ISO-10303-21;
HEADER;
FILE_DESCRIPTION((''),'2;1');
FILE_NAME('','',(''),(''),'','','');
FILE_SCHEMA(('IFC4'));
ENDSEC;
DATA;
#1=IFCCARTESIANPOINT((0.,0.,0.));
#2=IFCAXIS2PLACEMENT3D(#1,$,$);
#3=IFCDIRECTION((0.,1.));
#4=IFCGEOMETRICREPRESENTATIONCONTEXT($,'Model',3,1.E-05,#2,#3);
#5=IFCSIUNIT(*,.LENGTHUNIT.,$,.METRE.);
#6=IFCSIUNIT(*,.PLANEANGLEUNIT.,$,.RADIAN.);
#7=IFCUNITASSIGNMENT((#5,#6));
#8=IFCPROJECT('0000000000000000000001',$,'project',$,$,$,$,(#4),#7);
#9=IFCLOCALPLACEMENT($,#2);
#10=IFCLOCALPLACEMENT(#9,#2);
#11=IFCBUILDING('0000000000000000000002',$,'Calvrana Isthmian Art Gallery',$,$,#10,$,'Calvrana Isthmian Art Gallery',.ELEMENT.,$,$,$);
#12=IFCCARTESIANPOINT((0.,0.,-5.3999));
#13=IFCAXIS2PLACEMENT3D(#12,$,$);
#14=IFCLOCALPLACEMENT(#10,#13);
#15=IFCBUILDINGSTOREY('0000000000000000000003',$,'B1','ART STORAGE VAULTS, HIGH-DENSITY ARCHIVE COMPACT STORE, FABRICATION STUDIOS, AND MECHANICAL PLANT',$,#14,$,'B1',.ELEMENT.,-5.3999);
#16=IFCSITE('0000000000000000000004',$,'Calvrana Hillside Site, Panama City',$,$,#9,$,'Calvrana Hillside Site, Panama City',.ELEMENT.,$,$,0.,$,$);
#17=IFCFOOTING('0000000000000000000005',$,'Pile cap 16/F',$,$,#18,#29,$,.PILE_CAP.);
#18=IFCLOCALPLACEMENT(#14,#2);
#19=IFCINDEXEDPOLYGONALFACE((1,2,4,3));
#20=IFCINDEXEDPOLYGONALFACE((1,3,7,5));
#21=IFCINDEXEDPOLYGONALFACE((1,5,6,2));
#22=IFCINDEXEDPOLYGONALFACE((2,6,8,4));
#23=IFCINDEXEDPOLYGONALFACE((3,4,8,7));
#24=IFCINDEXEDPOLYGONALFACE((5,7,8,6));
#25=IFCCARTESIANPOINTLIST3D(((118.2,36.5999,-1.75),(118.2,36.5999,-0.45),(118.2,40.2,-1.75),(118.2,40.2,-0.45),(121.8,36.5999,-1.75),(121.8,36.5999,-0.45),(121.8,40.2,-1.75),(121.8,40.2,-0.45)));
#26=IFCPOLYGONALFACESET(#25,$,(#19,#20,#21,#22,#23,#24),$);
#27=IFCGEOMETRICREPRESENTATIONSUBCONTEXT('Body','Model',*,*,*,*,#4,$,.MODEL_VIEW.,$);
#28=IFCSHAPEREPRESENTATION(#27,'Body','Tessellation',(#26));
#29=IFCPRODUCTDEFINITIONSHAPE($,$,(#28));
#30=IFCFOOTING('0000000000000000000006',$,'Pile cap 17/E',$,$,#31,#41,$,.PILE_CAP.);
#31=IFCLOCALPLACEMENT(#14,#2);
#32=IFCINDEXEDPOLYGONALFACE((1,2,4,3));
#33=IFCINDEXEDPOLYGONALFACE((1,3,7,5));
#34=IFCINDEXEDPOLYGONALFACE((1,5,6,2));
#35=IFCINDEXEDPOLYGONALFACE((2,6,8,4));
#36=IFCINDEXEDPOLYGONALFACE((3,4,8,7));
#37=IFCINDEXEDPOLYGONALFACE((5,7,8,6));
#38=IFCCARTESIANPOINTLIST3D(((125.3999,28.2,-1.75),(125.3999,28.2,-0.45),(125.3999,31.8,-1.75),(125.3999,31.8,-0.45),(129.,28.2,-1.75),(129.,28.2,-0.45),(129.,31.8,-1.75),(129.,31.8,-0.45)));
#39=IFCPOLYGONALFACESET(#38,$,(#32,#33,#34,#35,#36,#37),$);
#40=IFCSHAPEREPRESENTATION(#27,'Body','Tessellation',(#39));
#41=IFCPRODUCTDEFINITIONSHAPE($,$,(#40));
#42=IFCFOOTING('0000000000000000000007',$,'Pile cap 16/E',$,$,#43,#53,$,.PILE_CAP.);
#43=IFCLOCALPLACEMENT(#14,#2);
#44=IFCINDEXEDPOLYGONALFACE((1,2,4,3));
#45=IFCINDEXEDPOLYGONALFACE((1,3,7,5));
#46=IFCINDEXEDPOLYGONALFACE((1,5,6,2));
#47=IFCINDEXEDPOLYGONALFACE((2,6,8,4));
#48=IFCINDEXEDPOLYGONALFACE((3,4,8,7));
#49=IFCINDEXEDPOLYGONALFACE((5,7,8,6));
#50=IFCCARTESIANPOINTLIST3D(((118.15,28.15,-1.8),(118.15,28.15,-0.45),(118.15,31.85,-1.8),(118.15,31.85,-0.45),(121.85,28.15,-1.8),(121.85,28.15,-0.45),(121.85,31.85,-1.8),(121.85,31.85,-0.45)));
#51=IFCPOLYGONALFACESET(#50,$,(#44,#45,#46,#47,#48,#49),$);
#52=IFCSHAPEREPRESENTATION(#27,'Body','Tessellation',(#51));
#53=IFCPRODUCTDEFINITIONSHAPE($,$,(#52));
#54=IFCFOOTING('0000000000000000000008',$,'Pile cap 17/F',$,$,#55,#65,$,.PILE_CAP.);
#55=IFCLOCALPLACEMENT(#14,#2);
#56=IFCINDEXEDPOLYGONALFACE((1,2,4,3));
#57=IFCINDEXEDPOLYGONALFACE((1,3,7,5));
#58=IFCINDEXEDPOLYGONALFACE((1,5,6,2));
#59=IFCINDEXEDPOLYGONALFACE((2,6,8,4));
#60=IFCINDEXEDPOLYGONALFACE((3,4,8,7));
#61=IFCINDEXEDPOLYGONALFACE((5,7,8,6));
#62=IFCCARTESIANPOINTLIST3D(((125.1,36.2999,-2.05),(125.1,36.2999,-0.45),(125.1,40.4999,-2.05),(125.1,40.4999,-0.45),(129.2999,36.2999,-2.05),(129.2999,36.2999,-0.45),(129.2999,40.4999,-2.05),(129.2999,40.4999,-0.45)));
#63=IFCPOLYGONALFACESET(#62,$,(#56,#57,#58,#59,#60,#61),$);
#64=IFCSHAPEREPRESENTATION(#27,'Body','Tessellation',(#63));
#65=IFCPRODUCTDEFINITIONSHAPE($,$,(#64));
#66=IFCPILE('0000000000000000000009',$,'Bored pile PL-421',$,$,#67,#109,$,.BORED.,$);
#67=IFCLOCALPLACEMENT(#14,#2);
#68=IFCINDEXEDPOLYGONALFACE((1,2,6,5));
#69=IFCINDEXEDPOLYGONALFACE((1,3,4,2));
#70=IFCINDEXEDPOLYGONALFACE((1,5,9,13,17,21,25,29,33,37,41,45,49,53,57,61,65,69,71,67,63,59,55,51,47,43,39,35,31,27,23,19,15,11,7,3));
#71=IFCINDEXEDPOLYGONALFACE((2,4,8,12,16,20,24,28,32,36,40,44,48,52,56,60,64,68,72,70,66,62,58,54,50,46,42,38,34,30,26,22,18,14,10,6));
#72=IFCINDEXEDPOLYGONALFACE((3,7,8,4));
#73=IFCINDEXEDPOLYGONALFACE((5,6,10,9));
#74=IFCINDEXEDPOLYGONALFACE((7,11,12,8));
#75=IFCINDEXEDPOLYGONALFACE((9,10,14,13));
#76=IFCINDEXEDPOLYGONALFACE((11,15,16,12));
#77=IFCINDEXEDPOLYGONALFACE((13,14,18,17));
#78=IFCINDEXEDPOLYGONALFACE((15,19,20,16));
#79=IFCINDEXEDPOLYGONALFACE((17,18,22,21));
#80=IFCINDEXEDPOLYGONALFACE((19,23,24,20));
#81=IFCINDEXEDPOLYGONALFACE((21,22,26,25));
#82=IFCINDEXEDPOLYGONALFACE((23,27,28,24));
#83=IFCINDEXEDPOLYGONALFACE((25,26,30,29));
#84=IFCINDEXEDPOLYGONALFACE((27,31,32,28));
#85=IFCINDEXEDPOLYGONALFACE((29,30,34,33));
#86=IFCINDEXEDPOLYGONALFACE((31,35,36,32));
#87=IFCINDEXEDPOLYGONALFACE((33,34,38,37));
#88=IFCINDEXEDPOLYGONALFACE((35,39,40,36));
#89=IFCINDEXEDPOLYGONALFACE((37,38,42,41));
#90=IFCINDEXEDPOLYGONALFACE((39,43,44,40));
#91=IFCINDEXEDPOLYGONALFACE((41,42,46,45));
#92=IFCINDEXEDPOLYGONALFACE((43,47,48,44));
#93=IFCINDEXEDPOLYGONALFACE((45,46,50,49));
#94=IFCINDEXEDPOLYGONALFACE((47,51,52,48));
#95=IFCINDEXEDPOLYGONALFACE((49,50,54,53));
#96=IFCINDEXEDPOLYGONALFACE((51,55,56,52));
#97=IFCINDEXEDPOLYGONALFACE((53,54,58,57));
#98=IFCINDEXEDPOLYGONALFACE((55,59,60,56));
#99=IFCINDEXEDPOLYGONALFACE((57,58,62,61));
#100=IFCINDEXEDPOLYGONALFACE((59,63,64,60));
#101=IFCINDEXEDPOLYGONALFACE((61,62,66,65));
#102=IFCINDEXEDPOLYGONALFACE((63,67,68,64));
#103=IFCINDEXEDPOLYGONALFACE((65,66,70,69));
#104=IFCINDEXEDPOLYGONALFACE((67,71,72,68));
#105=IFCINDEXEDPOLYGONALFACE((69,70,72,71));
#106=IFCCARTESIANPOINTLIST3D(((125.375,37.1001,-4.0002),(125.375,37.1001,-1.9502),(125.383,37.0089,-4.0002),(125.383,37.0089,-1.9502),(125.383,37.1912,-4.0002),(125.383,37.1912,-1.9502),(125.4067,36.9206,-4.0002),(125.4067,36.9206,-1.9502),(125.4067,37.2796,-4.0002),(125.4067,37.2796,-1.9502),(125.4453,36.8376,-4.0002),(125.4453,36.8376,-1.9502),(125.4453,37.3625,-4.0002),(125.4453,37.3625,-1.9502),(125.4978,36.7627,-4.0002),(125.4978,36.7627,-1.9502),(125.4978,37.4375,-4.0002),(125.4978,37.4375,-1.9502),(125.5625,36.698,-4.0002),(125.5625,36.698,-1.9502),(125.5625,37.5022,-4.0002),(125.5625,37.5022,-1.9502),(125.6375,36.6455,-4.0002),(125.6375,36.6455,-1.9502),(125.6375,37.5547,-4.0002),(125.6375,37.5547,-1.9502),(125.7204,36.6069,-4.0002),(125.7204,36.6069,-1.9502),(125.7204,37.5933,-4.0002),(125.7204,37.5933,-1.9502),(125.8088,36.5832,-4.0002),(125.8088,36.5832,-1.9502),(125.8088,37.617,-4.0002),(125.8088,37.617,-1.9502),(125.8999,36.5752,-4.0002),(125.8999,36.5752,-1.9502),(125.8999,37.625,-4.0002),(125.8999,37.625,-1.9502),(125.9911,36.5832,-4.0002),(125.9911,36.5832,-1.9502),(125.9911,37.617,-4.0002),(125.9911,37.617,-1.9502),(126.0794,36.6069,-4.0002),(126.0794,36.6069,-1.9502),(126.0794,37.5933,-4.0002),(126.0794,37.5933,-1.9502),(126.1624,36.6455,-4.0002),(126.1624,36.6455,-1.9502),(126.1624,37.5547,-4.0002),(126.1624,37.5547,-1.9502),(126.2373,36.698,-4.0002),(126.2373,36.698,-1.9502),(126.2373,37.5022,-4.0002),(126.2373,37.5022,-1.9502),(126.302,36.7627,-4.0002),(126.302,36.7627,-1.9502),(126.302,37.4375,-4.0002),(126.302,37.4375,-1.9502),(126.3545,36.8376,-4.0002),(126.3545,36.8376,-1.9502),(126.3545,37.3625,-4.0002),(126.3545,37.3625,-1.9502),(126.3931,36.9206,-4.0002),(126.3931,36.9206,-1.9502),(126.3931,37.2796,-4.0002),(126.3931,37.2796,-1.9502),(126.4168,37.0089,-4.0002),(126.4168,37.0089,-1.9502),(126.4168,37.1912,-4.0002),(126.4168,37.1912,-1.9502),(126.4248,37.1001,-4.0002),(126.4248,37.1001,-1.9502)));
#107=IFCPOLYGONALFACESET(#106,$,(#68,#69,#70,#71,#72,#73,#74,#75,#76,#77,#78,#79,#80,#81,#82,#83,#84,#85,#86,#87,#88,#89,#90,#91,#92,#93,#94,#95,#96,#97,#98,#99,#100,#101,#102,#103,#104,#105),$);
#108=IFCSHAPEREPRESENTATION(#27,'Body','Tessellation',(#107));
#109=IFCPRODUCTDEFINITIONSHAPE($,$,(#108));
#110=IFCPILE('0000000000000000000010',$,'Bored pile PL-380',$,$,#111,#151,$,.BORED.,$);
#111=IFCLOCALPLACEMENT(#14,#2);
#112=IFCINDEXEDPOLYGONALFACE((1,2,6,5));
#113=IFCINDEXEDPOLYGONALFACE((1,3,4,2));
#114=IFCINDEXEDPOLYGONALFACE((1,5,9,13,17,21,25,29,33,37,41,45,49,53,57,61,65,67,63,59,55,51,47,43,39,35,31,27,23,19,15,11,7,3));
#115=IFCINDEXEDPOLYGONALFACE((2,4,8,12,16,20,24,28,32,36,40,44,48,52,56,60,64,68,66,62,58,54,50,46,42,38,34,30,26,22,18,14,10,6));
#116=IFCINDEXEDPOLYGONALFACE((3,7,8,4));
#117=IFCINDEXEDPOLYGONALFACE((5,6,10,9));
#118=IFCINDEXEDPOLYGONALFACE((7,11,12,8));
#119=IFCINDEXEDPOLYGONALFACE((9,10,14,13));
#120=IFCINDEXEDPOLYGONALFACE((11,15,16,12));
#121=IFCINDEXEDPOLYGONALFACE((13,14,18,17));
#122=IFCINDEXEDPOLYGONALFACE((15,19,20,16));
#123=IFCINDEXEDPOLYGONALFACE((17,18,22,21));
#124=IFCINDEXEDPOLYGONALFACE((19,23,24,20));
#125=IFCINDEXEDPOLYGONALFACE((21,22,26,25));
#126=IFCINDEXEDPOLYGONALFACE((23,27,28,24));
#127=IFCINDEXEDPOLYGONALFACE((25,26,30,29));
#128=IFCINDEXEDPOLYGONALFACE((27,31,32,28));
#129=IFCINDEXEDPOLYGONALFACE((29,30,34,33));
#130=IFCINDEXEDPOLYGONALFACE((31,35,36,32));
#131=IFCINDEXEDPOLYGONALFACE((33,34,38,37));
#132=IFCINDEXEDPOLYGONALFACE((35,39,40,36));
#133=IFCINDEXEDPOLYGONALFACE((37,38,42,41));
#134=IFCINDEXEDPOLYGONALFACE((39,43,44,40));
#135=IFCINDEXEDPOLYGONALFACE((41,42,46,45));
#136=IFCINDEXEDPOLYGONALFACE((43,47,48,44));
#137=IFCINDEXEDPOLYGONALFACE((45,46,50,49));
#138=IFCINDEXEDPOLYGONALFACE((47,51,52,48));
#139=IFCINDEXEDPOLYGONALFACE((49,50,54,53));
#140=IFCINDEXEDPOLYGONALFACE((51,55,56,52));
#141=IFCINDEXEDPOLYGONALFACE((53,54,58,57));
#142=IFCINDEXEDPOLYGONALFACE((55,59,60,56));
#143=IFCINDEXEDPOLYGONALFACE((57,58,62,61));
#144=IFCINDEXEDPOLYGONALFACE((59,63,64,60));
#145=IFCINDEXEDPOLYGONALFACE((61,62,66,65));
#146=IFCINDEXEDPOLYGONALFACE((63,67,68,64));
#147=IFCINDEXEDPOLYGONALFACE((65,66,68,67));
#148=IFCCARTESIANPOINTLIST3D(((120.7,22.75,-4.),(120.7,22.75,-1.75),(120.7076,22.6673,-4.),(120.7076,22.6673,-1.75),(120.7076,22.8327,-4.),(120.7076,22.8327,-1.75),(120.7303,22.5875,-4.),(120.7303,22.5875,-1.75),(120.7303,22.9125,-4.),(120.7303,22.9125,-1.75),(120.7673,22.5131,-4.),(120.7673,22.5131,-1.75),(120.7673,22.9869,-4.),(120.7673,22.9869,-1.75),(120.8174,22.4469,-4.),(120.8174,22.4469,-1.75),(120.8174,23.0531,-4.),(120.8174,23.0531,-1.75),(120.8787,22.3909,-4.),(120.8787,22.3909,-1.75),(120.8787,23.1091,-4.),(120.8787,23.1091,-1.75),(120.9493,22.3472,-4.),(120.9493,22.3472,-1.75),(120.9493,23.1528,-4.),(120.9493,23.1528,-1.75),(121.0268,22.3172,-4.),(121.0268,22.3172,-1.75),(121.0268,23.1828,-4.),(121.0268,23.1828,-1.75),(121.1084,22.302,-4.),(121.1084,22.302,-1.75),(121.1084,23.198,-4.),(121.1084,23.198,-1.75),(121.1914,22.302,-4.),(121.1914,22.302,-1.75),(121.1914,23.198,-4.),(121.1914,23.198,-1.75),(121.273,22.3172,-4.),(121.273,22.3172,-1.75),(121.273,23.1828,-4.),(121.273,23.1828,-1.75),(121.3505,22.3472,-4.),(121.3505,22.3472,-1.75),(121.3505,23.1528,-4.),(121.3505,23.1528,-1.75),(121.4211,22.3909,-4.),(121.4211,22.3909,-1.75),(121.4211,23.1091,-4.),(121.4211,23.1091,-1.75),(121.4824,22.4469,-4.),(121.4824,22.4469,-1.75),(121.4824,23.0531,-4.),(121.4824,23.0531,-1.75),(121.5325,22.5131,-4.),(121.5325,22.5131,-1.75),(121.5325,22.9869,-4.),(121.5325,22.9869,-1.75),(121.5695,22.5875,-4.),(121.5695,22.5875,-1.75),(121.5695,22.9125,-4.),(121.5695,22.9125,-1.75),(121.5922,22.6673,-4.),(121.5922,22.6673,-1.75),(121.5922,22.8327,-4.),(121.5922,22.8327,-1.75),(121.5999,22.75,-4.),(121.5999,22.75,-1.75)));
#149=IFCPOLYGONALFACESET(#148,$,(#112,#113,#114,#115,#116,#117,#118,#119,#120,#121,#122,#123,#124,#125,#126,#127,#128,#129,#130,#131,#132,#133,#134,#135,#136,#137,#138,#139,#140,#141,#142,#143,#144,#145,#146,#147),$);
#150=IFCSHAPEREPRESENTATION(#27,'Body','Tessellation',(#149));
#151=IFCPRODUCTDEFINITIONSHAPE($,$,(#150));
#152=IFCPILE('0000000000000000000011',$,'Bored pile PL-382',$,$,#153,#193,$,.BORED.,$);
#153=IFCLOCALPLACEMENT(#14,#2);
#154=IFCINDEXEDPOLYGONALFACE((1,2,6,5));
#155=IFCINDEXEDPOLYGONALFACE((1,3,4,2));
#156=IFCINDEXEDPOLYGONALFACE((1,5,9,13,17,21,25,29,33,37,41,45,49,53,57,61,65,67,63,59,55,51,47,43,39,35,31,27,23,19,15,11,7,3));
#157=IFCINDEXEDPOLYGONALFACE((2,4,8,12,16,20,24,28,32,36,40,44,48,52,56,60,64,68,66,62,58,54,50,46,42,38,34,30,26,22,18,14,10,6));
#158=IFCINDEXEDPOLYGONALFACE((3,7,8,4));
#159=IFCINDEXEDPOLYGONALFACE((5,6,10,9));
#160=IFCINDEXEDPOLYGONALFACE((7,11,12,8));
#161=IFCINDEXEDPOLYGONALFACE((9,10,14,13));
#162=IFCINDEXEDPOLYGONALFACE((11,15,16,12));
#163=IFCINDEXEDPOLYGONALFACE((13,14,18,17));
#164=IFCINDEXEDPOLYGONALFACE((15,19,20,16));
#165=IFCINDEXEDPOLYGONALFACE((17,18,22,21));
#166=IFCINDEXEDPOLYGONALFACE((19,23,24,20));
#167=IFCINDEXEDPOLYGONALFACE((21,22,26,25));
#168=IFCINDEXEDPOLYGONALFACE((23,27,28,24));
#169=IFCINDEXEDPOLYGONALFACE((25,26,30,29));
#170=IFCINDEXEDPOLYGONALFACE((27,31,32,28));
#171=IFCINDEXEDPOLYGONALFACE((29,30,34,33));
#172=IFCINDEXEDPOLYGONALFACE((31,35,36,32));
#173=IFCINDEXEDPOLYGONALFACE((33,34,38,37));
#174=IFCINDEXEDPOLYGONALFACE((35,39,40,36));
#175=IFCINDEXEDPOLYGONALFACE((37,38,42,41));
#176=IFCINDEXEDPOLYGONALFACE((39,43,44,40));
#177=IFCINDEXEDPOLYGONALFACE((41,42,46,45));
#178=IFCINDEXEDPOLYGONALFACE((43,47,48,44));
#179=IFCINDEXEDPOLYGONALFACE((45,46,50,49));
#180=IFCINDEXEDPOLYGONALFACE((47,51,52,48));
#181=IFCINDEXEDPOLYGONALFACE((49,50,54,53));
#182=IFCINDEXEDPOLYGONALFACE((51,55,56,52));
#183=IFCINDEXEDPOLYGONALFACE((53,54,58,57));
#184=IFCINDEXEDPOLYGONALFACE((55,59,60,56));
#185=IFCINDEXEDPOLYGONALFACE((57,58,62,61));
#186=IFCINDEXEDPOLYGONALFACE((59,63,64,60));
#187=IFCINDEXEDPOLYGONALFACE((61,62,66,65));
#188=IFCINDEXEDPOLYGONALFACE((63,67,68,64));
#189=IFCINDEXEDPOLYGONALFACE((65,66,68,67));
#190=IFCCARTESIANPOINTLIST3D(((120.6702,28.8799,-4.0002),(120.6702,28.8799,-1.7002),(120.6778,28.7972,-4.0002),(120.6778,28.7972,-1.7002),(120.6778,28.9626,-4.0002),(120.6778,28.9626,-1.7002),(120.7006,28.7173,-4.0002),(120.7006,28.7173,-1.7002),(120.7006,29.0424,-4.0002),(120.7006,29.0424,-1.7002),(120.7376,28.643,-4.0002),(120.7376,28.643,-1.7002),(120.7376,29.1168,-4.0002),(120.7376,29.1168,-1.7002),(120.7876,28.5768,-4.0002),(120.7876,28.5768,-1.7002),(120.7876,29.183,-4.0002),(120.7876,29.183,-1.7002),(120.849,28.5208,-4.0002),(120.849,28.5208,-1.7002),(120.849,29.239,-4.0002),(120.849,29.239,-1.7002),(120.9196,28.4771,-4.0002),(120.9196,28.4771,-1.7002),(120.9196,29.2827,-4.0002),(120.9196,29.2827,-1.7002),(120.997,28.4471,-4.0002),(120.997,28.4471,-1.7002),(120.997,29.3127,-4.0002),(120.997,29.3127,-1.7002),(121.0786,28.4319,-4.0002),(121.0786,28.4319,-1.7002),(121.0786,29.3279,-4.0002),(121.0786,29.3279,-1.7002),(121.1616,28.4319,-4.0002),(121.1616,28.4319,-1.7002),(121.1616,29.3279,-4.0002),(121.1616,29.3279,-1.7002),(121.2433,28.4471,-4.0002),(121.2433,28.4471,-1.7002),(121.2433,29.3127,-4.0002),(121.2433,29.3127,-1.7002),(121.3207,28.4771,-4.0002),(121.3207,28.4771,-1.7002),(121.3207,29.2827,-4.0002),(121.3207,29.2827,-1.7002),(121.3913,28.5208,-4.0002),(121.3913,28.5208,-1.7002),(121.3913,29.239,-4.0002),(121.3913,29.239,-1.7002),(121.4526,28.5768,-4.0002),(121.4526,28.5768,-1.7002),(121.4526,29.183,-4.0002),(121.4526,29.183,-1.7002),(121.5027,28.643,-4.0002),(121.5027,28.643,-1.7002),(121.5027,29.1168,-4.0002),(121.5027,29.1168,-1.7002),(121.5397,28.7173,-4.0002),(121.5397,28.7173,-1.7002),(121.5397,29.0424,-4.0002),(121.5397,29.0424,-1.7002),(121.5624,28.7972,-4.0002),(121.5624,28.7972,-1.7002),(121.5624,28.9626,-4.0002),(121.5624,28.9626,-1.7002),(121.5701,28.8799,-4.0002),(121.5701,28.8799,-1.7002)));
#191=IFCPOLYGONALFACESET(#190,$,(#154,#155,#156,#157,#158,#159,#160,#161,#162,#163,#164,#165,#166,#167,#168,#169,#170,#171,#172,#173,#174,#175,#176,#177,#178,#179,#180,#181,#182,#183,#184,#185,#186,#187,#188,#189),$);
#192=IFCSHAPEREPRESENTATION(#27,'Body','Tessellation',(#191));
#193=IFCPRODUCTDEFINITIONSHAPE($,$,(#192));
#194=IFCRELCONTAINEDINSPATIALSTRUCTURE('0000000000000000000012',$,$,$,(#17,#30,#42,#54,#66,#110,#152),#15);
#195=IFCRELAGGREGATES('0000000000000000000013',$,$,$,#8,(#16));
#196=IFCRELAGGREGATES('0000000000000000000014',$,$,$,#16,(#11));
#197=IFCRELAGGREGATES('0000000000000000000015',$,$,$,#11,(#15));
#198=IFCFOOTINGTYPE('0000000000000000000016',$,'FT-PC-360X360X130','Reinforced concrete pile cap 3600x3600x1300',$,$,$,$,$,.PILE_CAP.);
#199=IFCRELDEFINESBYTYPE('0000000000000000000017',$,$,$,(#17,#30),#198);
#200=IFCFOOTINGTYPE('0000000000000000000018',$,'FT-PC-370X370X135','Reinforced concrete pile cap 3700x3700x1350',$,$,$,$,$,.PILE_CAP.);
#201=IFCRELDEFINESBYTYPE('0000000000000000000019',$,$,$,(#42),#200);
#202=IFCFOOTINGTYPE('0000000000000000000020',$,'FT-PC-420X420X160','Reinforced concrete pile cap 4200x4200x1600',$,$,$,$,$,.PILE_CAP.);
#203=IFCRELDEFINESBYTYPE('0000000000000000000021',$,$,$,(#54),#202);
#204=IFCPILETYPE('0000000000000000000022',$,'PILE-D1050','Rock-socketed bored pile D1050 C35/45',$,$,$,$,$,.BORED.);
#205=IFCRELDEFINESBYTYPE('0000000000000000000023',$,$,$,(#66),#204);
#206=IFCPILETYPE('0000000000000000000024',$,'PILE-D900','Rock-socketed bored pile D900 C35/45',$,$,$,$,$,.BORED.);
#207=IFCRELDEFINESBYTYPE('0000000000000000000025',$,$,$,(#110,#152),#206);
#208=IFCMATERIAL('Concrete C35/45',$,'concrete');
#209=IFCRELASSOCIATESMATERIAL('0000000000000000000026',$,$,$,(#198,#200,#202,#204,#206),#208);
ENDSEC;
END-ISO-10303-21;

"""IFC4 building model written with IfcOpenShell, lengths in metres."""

from ifc_helpers import new_model, si_unit, direction, frame, origin, origin_2d, place, context, subcontext, project, spatial, rectangle, circle, extrude, material, material_profile, profile_set, type_object, element, save


model = new_model("IFC4")

# Units and contexts
model_context = context("Model", 3, precision=1e-05, world=origin(), true_north=direction((0.0, 1.0)))
body_context = subcontext(model_context, "Body", "Model", "MODEL_VIEW")
ifc_project = project(units=[si_unit("LENGTHUNIT", "METRE"), si_unit("PLANEANGLEUNIT", "RADIAN")], contexts=[model_context])

# Site, building, storey
site_placement = place(None, origin())
site = spatial("IfcSite", under=ifc_project, at=site_placement, Name="Calvrana Hillside Site, Panama City", LongName="Calvrana Hillside Site, Panama City", CompositionType="ELEMENT", RefElevation=0.0)
building_placement = place(site_placement, origin())
building = spatial("IfcBuilding", under=site, at=building_placement, Name="Calvrana Isthmian Art Gallery", LongName="Calvrana Isthmian Art Gallery", CompositionType="ELEMENT")
storey_placement = place(building_placement, frame((0.0, 0.0, -5.3999)))
storey = spatial("IfcBuildingStorey", under=building, at=storey_placement, Name="B1", Description="ART STORAGE VAULTS, HIGH-DENSITY ARCHIVE COMPACT STORE, FABRICATION STUDIOS, AND MECHANICAL PLANT", LongName="B1", CompositionType="ELEMENT", Elevation=-5.3999)

# Footings
ifc_material_1 = material(Name="Concrete C35/45", Category="concrete")
footing_type_1 = type_object("IfcFootingType", Name="FT-PC-360X360X130", Description="Reinforced concrete pile cap 3600x3600x1300", PredefinedType="PILE_CAP", material=ifc_material_1)
for number, where, z_axis, x_axis, name in (
    (1, (120.0, 38.3999, -1.75), (0.0, 0.0, 1.0), (1.0, 0.0, 0.0), "Pile cap 16/F"),
    (2, (127.2, 30.0, -1.75), (0.0, 0.0, 1.0), (1.0, 0.0, 0.0), "Pile cap 17/E"),
):
    element("IfcFooting", number, at=place(storey_placement, frame(where, z_axis=z_axis, x_axis=x_axis)), inside=storey, type_object=footing_type_1, Name=name, PredefinedType="PILE_CAP", context=body_context, shape_type="SweptSolid", body=[
        extrude(rectangle(XDim=3.6001, YDim=3.6001, at=origin_2d()), origin(), (0.0, 0.0, 1.0), 1.3),
    ])
footing_type_2 = type_object("IfcFootingType", Name="FT-PC-370X370X135", Description="Reinforced concrete pile cap 3700x3700x1350", PredefinedType="PILE_CAP", material=ifc_material_1)
footing_1_placement = place(storey_placement, frame((120.0, 30.0, -1.8), z_axis=(0.0, 0.0, 1.0), x_axis=(1.0, 0.0, 0.0)))
element("IfcFooting", 3, at=footing_1_placement, inside=storey, type_object=footing_type_2, Name="Pile cap 16/E", PredefinedType="PILE_CAP", context=body_context, shape_type="SweptSolid", body=[
    extrude(rectangle(XDim=3.7, YDim=3.7, at=origin_2d()), origin(), (0.0, 0.0, 1.0), 1.3501),
])
footing_type_3 = type_object("IfcFootingType", Name="FT-PC-420X420X160", Description="Reinforced concrete pile cap 4200x4200x1600", PredefinedType="PILE_CAP", material=ifc_material_1)
footing_2_placement = place(storey_placement, frame((127.2, 38.3999, -2.05), z_axis=(0.0, 0.0, 1.0), x_axis=(1.0, 0.0, 0.0)))
element("IfcFooting", 4, at=footing_2_placement, inside=storey, type_object=footing_type_3, Name="Pile cap 17/F", PredefinedType="PILE_CAP", context=body_context, shape_type="SweptSolid", body=[
    extrude(rectangle(XDim=4.2, YDim=4.2, at=origin_2d()), origin(), (0.0, 0.0, 1.0), 1.6001),
])

# Piles
ifc_material_profile_1 = material_profile(ifc_material_1, circle(Radius=0.5249, at=origin_2d()), Name="PILE1050D")
ifc_profile_set_1 = profile_set([ifc_material_profile_1], Name="Concrete C35/45")
pile_type_1 = type_object("IfcPileType", Name="PILE-D1050", Description="Rock-socketed bored pile D1050 C35/45", PredefinedType="BORED", material=ifc_profile_set_1)
pile_1_placement = place(storey_placement, frame((125.8999, 37.1001, -1.9502), z_axis=(0.0, 0.0, -1.0), x_axis=(1.0, 0.0, 0.0)))
element("IfcPile", 5, at=pile_1_placement, inside=storey, type_object=pile_type_1, Name="Bored pile PL-421", PredefinedType="BORED", context=body_context, shape_type="SweptSolid", body=[
    extrude(circle(Radius=0.5249, at=origin_2d()), origin(), (0.0, 0.0, 1.0), 2.05),
])
ifc_material_profile_2 = material_profile(ifc_material_1, circle(Radius=0.45, at=origin_2d()), Name="PILE900D")
ifc_profile_set_2 = profile_set([ifc_material_profile_2], Name="Concrete C35/45")
pile_type_2 = type_object("IfcPileType", Name="PILE-D900", Description="Rock-socketed bored pile D900 C35/45", PredefinedType="BORED", material=ifc_profile_set_2)
pile_2_placement = place(storey_placement, frame((121.1499, 22.75, -1.75), z_axis=(0.0, 0.0, -1.0), x_axis=(1.0, 0.0, 0.0)))
element("IfcPile", 6, at=pile_2_placement, inside=storey, type_object=pile_type_2, Name="Bored pile PL-380", PredefinedType="BORED", context=body_context, shape_type="SweptSolid", body=[
    extrude(circle(Radius=0.45, at=origin_2d()), origin(), (0.0, 0.0, 1.0), 2.25),
])
for number, where, z_axis, x_axis, name in (
    (7, (121.1201, 28.8799, -1.7002), (0.0, 0.0, -1.0), (1.0, 0.0, 0.0), "Bored pile PL-382"),
):
    element("IfcPile", number, at=place(storey_placement, frame(where, z_axis=z_axis, x_axis=x_axis)), inside=storey, type_object=pile_type_2, Name=name, PredefinedType="BORED", context=body_context, shape_type="SweptSolid", body=[
        extrude(circle(Radius=0.45, at=origin_2d()), origin(), (0.0, 0.0, 1.0), 2.3),
    ])

save(model, "model.ifc")
